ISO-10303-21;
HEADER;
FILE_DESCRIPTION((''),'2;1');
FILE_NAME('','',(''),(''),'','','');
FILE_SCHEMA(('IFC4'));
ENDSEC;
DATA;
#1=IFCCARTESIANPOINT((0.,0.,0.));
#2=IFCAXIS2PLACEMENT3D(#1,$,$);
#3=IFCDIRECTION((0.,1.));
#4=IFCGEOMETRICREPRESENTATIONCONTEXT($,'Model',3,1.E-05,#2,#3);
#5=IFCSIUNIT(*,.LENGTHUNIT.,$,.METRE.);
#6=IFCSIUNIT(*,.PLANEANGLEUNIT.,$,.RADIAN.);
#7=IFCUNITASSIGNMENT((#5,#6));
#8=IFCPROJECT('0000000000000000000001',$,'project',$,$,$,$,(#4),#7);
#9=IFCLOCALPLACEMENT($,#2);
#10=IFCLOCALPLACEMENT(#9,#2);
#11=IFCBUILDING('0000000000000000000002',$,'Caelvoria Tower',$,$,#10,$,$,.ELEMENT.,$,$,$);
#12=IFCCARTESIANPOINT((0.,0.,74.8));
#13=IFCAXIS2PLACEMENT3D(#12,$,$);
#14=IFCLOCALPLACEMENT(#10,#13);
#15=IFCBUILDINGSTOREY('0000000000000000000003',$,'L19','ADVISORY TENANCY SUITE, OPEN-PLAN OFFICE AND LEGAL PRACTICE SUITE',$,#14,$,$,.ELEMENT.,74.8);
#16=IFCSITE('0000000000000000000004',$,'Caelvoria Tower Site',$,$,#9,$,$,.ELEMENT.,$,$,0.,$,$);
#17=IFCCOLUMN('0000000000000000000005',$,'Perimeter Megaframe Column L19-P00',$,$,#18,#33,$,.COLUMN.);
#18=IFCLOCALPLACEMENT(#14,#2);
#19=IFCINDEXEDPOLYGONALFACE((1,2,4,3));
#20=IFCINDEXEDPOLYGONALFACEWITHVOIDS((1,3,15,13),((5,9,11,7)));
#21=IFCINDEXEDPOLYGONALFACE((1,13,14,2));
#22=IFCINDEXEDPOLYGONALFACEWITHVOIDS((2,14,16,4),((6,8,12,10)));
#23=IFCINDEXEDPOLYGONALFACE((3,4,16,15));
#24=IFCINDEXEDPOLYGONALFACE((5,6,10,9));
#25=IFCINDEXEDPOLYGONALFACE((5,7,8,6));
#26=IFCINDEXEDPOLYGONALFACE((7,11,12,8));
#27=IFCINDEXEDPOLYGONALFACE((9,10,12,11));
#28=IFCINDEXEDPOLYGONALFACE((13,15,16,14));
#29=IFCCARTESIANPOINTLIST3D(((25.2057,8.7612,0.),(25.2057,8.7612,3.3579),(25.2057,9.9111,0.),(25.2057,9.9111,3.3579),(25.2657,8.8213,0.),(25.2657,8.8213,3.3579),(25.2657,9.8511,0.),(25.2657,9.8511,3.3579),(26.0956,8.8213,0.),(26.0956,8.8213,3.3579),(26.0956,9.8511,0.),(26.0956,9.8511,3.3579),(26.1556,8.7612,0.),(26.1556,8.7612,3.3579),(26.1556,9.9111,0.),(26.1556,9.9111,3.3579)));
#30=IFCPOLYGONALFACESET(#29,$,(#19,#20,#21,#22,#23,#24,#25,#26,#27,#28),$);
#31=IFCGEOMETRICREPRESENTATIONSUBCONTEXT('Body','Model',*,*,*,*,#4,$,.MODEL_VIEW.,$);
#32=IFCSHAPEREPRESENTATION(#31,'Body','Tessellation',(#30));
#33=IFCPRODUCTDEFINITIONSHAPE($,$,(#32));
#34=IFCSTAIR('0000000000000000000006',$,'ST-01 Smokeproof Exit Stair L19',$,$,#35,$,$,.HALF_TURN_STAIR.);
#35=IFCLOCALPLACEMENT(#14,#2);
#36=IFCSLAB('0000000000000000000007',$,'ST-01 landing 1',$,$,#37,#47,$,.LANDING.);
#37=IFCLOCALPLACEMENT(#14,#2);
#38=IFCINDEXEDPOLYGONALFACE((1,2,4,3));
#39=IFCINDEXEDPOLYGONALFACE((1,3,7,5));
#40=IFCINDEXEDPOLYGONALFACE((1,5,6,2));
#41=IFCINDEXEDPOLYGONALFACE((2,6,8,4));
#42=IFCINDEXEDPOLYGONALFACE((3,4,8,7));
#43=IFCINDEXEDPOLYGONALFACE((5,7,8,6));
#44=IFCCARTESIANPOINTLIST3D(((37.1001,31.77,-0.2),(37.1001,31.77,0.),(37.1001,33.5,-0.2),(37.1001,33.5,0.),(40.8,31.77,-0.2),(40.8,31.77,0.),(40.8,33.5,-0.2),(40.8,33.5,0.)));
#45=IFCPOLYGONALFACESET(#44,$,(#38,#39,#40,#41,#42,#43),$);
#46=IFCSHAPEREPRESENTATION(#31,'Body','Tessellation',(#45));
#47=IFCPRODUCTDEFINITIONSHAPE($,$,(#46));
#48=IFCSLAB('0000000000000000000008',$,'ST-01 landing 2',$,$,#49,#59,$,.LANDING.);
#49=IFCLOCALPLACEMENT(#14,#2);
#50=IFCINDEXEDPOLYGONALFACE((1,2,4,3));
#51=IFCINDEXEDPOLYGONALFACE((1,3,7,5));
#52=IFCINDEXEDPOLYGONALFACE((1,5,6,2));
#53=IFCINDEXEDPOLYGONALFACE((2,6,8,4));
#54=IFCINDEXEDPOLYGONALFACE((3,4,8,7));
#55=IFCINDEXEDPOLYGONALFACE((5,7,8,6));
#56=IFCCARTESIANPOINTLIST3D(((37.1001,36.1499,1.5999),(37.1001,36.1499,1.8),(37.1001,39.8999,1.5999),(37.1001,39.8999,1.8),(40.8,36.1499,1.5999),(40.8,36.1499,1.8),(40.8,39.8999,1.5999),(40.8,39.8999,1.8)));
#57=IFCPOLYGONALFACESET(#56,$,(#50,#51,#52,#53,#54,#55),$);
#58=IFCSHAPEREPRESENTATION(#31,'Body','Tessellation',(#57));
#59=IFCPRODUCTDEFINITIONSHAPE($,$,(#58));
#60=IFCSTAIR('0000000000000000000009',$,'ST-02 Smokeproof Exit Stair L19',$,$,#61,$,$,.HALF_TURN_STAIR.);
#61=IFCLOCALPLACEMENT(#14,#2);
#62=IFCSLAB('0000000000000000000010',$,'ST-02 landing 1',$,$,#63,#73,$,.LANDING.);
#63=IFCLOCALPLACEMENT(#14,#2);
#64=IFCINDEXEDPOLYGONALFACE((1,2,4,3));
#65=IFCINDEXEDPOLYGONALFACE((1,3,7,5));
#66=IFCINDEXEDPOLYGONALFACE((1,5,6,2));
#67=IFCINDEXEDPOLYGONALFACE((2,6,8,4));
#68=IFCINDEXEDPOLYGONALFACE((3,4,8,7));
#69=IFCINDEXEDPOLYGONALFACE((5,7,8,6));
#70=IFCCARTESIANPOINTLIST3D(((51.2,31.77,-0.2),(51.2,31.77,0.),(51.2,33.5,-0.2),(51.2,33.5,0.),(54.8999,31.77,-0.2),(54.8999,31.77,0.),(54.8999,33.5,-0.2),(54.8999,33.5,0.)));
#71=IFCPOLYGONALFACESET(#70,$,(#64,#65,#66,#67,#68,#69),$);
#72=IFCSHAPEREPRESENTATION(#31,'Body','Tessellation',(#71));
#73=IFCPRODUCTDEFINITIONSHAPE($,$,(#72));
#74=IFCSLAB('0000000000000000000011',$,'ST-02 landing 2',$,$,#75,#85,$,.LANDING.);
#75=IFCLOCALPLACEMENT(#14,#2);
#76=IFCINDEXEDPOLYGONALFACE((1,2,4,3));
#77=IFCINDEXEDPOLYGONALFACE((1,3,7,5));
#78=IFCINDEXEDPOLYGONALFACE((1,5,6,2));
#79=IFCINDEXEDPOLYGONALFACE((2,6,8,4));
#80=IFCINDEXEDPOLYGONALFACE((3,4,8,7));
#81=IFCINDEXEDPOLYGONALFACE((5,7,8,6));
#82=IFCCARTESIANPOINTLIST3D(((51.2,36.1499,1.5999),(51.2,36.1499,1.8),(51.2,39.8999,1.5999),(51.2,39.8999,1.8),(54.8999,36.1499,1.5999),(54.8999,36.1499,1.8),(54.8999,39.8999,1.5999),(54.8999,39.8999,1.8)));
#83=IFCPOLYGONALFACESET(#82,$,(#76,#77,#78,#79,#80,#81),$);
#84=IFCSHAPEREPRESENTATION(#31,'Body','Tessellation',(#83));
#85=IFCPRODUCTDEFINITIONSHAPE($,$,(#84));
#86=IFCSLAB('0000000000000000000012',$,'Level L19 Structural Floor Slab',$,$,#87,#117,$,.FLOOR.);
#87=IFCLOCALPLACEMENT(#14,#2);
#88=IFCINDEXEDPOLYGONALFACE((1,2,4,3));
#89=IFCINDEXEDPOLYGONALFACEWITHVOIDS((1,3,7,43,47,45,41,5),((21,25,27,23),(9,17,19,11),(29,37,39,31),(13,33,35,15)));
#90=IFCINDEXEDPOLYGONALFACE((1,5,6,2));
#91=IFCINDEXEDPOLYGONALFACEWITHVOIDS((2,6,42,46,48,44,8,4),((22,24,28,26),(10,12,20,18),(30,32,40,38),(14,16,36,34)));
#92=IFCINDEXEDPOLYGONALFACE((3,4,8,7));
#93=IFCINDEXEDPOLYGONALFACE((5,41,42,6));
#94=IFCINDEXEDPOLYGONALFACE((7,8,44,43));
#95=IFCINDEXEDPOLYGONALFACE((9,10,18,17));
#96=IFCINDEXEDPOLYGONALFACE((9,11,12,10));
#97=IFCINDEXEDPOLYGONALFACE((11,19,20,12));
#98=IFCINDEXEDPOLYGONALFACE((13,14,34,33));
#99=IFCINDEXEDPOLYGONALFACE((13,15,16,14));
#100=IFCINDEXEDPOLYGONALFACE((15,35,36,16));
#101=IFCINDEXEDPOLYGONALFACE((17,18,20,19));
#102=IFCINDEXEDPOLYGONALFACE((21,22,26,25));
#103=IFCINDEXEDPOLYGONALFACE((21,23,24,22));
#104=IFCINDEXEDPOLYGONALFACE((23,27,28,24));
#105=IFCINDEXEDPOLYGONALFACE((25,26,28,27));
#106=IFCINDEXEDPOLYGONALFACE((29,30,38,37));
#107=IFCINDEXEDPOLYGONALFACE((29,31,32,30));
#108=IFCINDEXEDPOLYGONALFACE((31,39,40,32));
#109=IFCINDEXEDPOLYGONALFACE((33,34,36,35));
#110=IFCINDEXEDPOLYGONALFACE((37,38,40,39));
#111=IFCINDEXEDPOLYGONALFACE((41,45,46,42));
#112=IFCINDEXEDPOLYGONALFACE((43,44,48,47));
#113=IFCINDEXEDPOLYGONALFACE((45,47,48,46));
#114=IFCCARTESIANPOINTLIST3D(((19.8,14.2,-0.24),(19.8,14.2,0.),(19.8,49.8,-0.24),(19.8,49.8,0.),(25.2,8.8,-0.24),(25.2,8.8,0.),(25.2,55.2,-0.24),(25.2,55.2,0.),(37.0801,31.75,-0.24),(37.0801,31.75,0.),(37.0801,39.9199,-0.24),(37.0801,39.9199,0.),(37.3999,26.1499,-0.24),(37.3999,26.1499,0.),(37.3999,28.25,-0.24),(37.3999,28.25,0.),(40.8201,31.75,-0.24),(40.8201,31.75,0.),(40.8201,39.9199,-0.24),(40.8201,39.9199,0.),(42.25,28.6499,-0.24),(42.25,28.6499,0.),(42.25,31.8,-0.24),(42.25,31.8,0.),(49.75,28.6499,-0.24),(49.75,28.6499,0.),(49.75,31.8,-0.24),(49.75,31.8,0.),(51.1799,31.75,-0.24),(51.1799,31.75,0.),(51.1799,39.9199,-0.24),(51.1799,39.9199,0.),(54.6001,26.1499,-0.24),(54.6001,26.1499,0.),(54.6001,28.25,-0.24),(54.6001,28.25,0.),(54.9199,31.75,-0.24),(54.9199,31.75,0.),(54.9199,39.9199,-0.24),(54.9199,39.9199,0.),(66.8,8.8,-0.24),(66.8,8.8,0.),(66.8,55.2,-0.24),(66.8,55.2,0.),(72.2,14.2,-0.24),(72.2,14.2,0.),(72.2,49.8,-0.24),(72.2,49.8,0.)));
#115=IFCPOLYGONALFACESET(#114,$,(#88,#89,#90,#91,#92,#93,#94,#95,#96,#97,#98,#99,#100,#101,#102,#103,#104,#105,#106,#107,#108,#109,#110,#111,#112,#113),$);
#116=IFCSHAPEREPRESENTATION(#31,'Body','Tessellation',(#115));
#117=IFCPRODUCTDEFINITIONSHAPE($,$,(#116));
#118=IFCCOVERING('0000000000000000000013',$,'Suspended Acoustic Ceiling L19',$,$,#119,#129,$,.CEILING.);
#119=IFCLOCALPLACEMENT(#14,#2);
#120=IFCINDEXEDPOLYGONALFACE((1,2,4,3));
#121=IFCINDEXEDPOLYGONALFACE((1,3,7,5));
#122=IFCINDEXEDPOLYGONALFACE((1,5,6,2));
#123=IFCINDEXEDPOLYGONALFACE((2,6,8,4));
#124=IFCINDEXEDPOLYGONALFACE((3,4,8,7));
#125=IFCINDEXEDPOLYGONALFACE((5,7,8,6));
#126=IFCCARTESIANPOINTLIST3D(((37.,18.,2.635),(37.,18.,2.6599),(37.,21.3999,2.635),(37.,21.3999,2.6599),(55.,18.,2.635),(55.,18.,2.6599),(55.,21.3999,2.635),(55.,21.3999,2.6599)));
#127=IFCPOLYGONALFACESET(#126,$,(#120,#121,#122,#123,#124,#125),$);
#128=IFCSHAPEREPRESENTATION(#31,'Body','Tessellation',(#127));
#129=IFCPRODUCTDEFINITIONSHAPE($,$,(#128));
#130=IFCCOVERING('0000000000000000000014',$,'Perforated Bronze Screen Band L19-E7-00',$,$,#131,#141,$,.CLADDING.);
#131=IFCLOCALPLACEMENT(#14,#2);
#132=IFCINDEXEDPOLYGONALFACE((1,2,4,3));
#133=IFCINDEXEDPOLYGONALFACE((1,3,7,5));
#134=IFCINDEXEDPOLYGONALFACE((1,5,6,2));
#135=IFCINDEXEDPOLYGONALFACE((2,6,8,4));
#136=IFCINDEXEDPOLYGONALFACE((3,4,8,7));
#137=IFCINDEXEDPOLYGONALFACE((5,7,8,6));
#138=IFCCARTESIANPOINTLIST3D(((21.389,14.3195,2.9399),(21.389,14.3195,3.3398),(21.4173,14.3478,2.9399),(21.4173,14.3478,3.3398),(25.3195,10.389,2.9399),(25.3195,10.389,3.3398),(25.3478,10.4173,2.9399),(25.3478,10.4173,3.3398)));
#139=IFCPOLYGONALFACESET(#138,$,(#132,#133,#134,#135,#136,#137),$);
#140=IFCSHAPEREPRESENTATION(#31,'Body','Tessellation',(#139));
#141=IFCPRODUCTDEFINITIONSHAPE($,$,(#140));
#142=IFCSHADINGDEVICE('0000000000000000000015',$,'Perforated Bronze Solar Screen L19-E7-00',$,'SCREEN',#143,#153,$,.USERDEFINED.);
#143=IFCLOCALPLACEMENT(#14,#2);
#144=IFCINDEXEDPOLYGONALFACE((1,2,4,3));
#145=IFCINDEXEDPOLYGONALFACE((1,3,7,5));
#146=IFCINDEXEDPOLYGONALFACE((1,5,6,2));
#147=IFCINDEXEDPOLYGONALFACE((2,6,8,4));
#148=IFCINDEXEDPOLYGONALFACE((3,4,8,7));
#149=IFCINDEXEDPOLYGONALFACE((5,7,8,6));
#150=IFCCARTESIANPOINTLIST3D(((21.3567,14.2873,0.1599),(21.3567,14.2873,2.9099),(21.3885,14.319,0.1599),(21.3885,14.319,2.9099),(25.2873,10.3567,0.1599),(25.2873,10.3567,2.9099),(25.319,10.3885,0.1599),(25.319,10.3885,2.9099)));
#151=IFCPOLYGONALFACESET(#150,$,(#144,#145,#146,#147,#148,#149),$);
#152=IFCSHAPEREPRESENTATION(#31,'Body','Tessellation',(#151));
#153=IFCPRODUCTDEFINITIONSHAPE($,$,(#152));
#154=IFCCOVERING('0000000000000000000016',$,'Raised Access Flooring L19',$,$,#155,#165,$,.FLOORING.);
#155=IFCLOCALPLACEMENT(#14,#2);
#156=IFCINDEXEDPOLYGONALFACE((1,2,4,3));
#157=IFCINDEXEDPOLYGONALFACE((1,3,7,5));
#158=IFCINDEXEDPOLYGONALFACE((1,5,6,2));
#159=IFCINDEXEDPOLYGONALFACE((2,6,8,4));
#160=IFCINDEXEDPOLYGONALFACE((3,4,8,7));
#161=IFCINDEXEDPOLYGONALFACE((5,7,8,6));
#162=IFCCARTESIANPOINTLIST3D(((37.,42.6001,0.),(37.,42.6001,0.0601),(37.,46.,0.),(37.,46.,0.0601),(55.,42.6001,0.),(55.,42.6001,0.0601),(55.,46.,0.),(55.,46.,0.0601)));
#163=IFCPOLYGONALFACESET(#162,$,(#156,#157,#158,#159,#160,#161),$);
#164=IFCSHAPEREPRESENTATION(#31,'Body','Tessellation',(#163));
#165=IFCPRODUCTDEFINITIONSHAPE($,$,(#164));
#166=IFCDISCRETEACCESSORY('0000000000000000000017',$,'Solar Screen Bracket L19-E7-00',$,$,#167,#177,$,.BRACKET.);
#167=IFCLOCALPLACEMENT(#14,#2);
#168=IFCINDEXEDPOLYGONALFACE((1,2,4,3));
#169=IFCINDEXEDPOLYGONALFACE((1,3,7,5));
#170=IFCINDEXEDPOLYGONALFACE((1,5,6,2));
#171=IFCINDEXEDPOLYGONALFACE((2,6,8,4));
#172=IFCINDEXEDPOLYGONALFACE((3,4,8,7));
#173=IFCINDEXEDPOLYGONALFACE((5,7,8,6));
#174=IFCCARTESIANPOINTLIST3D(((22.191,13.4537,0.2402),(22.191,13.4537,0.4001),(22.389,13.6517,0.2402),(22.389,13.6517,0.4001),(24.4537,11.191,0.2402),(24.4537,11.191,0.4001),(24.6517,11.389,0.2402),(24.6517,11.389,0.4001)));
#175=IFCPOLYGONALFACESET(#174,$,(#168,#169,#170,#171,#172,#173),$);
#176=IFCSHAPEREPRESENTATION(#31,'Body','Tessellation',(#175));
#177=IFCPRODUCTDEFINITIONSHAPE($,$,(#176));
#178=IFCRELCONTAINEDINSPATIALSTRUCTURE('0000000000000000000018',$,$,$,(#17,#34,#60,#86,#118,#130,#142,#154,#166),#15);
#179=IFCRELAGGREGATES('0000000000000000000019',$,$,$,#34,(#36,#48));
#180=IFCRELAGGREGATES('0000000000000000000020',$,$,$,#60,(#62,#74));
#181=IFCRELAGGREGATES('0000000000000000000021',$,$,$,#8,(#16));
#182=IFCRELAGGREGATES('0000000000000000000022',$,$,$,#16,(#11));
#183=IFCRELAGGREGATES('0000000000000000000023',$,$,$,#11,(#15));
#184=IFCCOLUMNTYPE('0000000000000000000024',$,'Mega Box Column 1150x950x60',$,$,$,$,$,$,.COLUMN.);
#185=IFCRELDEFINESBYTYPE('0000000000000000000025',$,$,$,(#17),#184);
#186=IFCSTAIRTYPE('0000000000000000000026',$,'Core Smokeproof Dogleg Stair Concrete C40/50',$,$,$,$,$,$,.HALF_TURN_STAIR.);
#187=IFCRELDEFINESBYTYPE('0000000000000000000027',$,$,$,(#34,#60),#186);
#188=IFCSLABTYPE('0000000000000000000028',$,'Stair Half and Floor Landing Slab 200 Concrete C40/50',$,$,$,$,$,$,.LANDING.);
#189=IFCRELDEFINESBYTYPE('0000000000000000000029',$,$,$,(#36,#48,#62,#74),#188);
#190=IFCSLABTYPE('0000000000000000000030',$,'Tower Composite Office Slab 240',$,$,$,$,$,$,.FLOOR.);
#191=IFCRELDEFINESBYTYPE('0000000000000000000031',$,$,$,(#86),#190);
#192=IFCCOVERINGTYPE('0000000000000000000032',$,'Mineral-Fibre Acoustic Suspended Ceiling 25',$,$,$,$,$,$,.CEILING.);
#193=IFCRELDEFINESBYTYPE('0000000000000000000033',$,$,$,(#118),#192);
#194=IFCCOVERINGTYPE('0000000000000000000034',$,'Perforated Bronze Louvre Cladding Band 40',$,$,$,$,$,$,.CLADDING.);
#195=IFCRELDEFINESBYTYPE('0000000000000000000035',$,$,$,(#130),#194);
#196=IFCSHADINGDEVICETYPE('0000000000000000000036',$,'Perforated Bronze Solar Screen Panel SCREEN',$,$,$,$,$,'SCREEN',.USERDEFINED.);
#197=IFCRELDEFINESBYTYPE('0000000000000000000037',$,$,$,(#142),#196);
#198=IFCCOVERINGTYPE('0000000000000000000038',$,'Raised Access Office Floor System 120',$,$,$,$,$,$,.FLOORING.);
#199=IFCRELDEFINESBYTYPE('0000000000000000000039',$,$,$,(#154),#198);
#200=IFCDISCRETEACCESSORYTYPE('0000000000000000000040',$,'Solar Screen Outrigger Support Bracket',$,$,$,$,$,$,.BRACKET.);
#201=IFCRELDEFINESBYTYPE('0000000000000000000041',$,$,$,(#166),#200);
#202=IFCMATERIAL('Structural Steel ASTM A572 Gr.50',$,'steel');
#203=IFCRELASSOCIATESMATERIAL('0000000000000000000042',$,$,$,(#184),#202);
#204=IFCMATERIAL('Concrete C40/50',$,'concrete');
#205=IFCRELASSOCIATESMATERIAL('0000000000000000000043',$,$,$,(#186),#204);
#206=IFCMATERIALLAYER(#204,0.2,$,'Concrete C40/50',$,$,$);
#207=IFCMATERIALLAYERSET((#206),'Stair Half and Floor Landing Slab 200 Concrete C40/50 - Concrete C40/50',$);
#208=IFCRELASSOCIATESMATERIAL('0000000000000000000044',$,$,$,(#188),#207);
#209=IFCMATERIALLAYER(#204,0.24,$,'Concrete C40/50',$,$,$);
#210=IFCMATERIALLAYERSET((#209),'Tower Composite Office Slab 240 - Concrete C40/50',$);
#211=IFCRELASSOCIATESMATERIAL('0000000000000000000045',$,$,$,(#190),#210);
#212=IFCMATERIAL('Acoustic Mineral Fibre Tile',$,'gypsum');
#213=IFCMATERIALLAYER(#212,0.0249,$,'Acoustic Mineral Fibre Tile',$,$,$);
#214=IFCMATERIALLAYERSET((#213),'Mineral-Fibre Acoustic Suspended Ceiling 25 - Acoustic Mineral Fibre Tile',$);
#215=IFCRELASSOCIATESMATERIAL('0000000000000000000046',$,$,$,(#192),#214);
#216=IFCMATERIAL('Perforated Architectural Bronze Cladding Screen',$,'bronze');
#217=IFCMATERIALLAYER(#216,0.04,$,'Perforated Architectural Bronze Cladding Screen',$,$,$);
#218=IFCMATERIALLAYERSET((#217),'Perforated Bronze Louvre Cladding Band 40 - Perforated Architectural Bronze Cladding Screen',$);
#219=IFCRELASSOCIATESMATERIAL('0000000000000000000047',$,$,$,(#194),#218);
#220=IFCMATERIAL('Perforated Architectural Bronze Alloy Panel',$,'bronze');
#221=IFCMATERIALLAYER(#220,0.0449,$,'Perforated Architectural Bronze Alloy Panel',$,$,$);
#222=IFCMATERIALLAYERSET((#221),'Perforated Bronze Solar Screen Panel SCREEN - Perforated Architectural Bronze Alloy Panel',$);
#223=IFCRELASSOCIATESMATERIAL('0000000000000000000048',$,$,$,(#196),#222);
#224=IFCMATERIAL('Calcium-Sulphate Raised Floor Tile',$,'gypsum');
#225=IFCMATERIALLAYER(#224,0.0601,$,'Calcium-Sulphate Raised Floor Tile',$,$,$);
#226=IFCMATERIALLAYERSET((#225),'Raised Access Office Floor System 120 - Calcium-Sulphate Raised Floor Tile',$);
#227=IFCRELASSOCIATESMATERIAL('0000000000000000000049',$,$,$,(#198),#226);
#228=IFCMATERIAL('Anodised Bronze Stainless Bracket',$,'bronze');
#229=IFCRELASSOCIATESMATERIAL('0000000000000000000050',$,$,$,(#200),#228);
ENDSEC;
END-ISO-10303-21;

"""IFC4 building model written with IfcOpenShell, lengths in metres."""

from ifc_helpers import new_model, si_unit, direction, frame, origin, origin_2d, place, context, subcontext, project, spatial, polyline, rectangle, hollow_rectangle, outline, extrude, material, layer, layer_set, material_profile, profile_set, type_object, element, aggregate, save


model = new_model("IFC4")

# Units and contexts
model_context = context("Model", 3, precision=1e-05, world=origin(), true_north=direction((0.0, 1.0)))
body_context = subcontext(model_context, "Body", "Model", "MODEL_VIEW")
ifc_project = project(units=[si_unit("LENGTHUNIT", "METRE"), si_unit("PLANEANGLEUNIT", "RADIAN")], contexts=[model_context])

# Site, building, storey
site_placement = place(None, origin())
site = spatial("IfcSite", under=ifc_project, at=site_placement, Name="Caelvoria Tower Site", CompositionType="ELEMENT", RefElevation=0.0)
building_placement = place(site_placement, origin())
building = spatial("IfcBuilding", under=site, at=building_placement, Name="Caelvoria Tower", CompositionType="ELEMENT")
storey_placement = place(building_placement, frame((0.0, 0.0, 74.8)))
storey = spatial("IfcBuildingStorey", under=building, at=storey_placement, Name="L19", Description="ADVISORY TENANCY SUITE, OPEN-PLAN OFFICE AND LEGAL PRACTICE SUITE", CompositionType="ELEMENT", Elevation=74.8)

# Column
ifc_material_1 = material(Name="Structural Steel ASTM A572 Gr.50", Category="steel")
ifc_material_profile = material_profile(ifc_material_1, hollow_rectangle(XDim=0.95, YDim=1.1499, WallThickness=0.0601, at=origin_2d()), Name="Structural Steel ASTM A572 Gr.50")
ifc_profile_set = profile_set([ifc_material_profile], Name="BOX1150X950X60 - Structural Steel ASTM A572 Gr.50")
column_type = type_object("IfcColumnType", Name="Mega Box Column 1150x950x60", PredefinedType="COLUMN", material=ifc_profile_set)
column_placement = place(storey_placement, frame((25.6807, 9.3362, 0.0), z_axis=(0.0, 0.0, 1.0), x_axis=(1.0, 0.0, 0.0)))
element("IfcColumn", 1, at=column_placement, inside=storey, type_object=column_type, Name="Perimeter Megaframe Column L19-P00", PredefinedType="COLUMN", context=body_context, shape_type="SweptSolid", body=[
    extrude(hollow_rectangle(XDim=0.95, YDim=1.1499, WallThickness=0.0601, at=origin_2d()), origin(), (0.0, 0.0, 1.0), 3.3579),
])

# Stairs, slabs
ifc_material_2 = material(Name="Concrete C40/50", Category="concrete")
stair_type = type_object("IfcStairType", Name="Core Smokeproof Dogleg Stair Concrete C40/50", PredefinedType="HALF_TURN_STAIR", material=ifc_material_2)
stair_1_placement = place(storey_placement, origin())
stair_1 = element("IfcStair", 2, at=stair_1_placement, inside=storey, type_object=stair_type, Name="ST-01 Smokeproof Exit Stair L19", PredefinedType="HALF_TURN_STAIR")
ifc_layer_1 = layer(ifc_material_2, 0.2, Name="Concrete C40/50")
ifc_layer_set_1 = layer_set([ifc_layer_1], Name="Stair Half and Floor Landing Slab 200 Concrete C40/50 - Concrete C40/50")
slab_type_1 = type_object("IfcSlabType", Name="Stair Half and Floor Landing Slab 200 Concrete C40/50", PredefinedType="LANDING", material=ifc_layer_set_1)
slab_1_placement = place(storey_placement, frame((0.0, 0.0, -0.2)))
slab_1 = element("IfcSlab", 3, at=slab_1_placement, type_object=slab_type_1, Name="ST-01 landing 1", PredefinedType="LANDING", context=body_context, shape_type="SweptSolid", body=[
    extrude(outline(polyline([(37.1001, 31.77), (40.8, 31.77), (40.8, 33.5), (37.1001, 33.5), (37.1001, 31.77)])), origin(), (0.0, 0.0, 1.0), 0.2),
])
slab_2_placement = place(storey_placement, frame((0.0, 0.0, 1.5999)))
slab_2 = element("IfcSlab", 4, at=slab_2_placement, type_object=slab_type_1, Name="ST-01 landing 2", PredefinedType="LANDING", context=body_context, shape_type="SweptSolid", body=[
    extrude(outline(polyline([(37.1001, 36.1499), (40.8, 36.1499), (40.8, 39.8999), (37.1001, 39.8999), (37.1001, 36.1499)])), origin(), (0.0, 0.0, 1.0), 0.2002),
])
aggregate(stair_1, [slab_1, slab_2])
stair_2_placement = place(storey_placement, origin())
stair_2 = element("IfcStair", 5, at=stair_2_placement, inside=storey, type_object=stair_type, Name="ST-02 Smokeproof Exit Stair L19", PredefinedType="HALF_TURN_STAIR")
slab_3_placement = place(storey_placement, frame((0.0, 0.0, -0.2)))
slab_3 = element("IfcSlab", 6, at=slab_3_placement, type_object=slab_type_1, Name="ST-02 landing 1", PredefinedType="LANDING", context=body_context, shape_type="SweptSolid", body=[
    extrude(outline(polyline([(51.2, 31.77), (54.8999, 31.77), (54.8999, 33.5), (51.2, 33.5), (51.2, 31.77)])), origin(), (0.0, 0.0, 1.0), 0.2),
])
slab_4_placement = place(storey_placement, frame((0.0, 0.0, 1.5999)))
slab_4 = element("IfcSlab", 7, at=slab_4_placement, type_object=slab_type_1, Name="ST-02 landing 2", PredefinedType="LANDING", context=body_context, shape_type="SweptSolid", body=[
    extrude(outline(polyline([(51.2, 36.1499), (54.8999, 36.1499), (54.8999, 39.8999), (51.2, 39.8999), (51.2, 36.1499)])), origin(), (0.0, 0.0, 1.0), 0.2002),
])
aggregate(stair_2, [slab_3, slab_4])

# Slab
ifc_layer_2 = layer(ifc_material_2, 0.24, Name="Concrete C40/50")
ifc_layer_set_2 = layer_set([ifc_layer_2], Name="Tower Composite Office Slab 240 - Concrete C40/50")
slab_type_2 = type_object("IfcSlabType", Name="Tower Composite Office Slab 240", PredefinedType="FLOOR", material=ifc_layer_set_2)
slab_5_placement = place(storey_placement, frame((0.0, 0.0, -0.24)))
element("IfcSlab", 8, at=slab_5_placement, inside=storey, type_object=slab_type_2, Name="Level L19 Structural Floor Slab", PredefinedType="FLOOR", context=body_context, shape_type="SweptSolid", body=[
    extrude(outline(polyline([(25.2, 8.8), (66.8, 8.8), (72.2, 14.2), (72.2, 49.8), (66.8, 55.2), (25.2, 55.2), (19.8, 49.8), (19.8, 14.2), (25.2, 8.8)]), holes=[polyline([(37.0801, 31.75), (40.8201, 31.75), (40.8201, 39.9199), (37.0801, 39.9199), (37.0801, 31.75)]), polyline([(51.1799, 31.75), (54.9199, 31.75), (54.9199, 39.9199), (51.1799, 39.9199), (51.1799, 31.75)]), polyline([(42.25, 28.6499), (49.75, 28.6499), (49.75, 31.8), (42.25, 31.8), (42.25, 28.6499)]), polyline([(37.3999, 26.1499), (54.6001, 26.1499), (54.6001, 28.25), (37.3999, 28.25), (37.3999, 26.1499)])]), origin(), (0.0, 0.0, 1.0), 0.24),
])

# Coverings
ifc_material_3 = material(Name="Acoustic Mineral Fibre Tile", Category="gypsum")
ifc_layer_3 = layer(ifc_material_3, 0.0249, Name="Acoustic Mineral Fibre Tile")
ifc_layer_set_3 = layer_set([ifc_layer_3], Name="Mineral-Fibre Acoustic Suspended Ceiling 25 - Acoustic Mineral Fibre Tile")
covering_type_1 = type_object("IfcCoveringType", Name="Mineral-Fibre Acoustic Suspended Ceiling 25", PredefinedType="CEILING", material=ifc_layer_set_3)
covering_1_placement = place(storey_placement, frame((0.0, 0.0, 2.635)))
element("IfcCovering", 9, at=covering_1_placement, inside=storey, type_object=covering_type_1, Name="Suspended Acoustic Ceiling L19", PredefinedType="CEILING", context=body_context, shape_type="SweptSolid", body=[
    extrude(outline(polyline([(37.0, 18.0), (55.0, 18.0), (55.0, 21.3999), (37.0, 21.3999), (37.0, 18.0)])), origin(), (0.0, 0.0, 1.0), 0.0249),
])
ifc_material_4 = material(Name="Perforated Architectural Bronze Cladding Screen", Category="bronze")
ifc_layer_4 = layer(ifc_material_4, 0.04, Name="Perforated Architectural Bronze Cladding Screen")
ifc_layer_set_4 = layer_set([ifc_layer_4], Name="Perforated Bronze Louvre Cladding Band 40 - Perforated Architectural Bronze Cladding Screen")
covering_type_2 = type_object("IfcCoveringType", Name="Perforated Bronze Louvre Cladding Band 40", PredefinedType="CLADDING", material=ifc_layer_set_4)
covering_2_placement = place(storey_placement, frame((23.3684, 12.3684, 2.9399), z_axis=(0.0, 0.0, 1.0), x_axis=(0.707107, -0.707107, 0.0)))
element("IfcCovering", 10, at=covering_2_placement, inside=storey, type_object=covering_type_2, Name="Perforated Bronze Screen Band L19-E7-00", PredefinedType="CLADDING", context=body_context, shape_type="SweptSolid", body=[
    extrude(rectangle(XDim=5.5586, YDim=0.04, at=origin_2d()), origin(), (0.0, 0.0, 1.0), 0.3999),
])

# Shading device
ifc_material_5 = material(Name="Perforated Architectural Bronze Alloy Panel", Category="bronze")
ifc_layer_5 = layer(ifc_material_5, 0.0449, Name="Perforated Architectural Bronze Alloy Panel")
ifc_layer_set_5 = layer_set([ifc_layer_5], Name="Perforated Bronze Solar Screen Panel SCREEN - Perforated Architectural Bronze Alloy Panel")
shading_device_type = type_object("IfcShadingDeviceType", Name="Perforated Bronze Solar Screen Panel SCREEN", ElementType="SCREEN", PredefinedType="USERDEFINED", material=ifc_layer_set_5)
shading_device_placement = place(storey_placement, frame((23.3379, 12.3379, 0.1599), z_axis=(0.0, 0.0, 1.0), x_axis=(0.707107, -0.707107, 0.0)))
element("IfcShadingDevice", 11, at=shading_device_placement, inside=storey, type_object=shading_device_type, Name="Perforated Bronze Solar Screen L19-E7-00", ObjectType="SCREEN", PredefinedType="USERDEFINED", context=body_context, shape_type="SweptSolid", body=[
    extrude(rectangle(XDim=5.5586, YDim=0.0449, at=origin_2d()), origin(), (0.0, 0.0, 1.0), 2.75),
])

# Covering
ifc_material_6 = material(Name="Calcium-Sulphate Raised Floor Tile", Category="gypsum")
ifc_layer_6 = layer(ifc_material_6, 0.0601, Name="Calcium-Sulphate Raised Floor Tile")
ifc_layer_set_6 = layer_set([ifc_layer_6], Name="Raised Access Office Floor System 120 - Calcium-Sulphate Raised Floor Tile")
covering_type_3 = type_object("IfcCoveringType", Name="Raised Access Office Floor System 120", PredefinedType="FLOORING", material=ifc_layer_set_6)
covering_3_placement = place(storey_placement, origin())
element("IfcCovering", 12, at=covering_3_placement, inside=storey, type_object=covering_type_3, Name="Raised Access Flooring L19", PredefinedType="FLOORING", context=body_context, shape_type="SweptSolid", body=[
    extrude(outline(polyline([(37.0, 42.6001), (55.0, 42.6001), (55.0, 46.0), (37.0, 46.0), (37.0, 42.6001)])), origin(), (0.0, 0.0, 1.0), 0.0601),
])

# Discrete accessory
ifc_material_7 = material(Name="Anodised Bronze Stainless Bracket", Category="bronze")
discrete_accessory_type = type_object("IfcDiscreteAccessoryType", Name="Solar Screen Outrigger Support Bracket", PredefinedType="BRACKET", material=ifc_material_7)
discrete_accessory_placement = place(storey_placement, frame((23.4214, 12.4214, 0.2402), z_axis=(0.0, 0.0, 1.0), x_axis=(0.707107, -0.707107, 0.0)))
element("IfcDiscreteAccessory", 13, at=discrete_accessory_placement, inside=storey, type_object=discrete_accessory_type, Name="Solar Screen Bracket L19-E7-00", PredefinedType="BRACKET", context=body_context, shape_type="SweptSolid", body=[
    extrude(rectangle(XDim=3.2, YDim=0.28, at=origin_2d()), origin(), (0.0, 0.0, 1.0), 0.1599),
])

save(model, "model.ifc")
